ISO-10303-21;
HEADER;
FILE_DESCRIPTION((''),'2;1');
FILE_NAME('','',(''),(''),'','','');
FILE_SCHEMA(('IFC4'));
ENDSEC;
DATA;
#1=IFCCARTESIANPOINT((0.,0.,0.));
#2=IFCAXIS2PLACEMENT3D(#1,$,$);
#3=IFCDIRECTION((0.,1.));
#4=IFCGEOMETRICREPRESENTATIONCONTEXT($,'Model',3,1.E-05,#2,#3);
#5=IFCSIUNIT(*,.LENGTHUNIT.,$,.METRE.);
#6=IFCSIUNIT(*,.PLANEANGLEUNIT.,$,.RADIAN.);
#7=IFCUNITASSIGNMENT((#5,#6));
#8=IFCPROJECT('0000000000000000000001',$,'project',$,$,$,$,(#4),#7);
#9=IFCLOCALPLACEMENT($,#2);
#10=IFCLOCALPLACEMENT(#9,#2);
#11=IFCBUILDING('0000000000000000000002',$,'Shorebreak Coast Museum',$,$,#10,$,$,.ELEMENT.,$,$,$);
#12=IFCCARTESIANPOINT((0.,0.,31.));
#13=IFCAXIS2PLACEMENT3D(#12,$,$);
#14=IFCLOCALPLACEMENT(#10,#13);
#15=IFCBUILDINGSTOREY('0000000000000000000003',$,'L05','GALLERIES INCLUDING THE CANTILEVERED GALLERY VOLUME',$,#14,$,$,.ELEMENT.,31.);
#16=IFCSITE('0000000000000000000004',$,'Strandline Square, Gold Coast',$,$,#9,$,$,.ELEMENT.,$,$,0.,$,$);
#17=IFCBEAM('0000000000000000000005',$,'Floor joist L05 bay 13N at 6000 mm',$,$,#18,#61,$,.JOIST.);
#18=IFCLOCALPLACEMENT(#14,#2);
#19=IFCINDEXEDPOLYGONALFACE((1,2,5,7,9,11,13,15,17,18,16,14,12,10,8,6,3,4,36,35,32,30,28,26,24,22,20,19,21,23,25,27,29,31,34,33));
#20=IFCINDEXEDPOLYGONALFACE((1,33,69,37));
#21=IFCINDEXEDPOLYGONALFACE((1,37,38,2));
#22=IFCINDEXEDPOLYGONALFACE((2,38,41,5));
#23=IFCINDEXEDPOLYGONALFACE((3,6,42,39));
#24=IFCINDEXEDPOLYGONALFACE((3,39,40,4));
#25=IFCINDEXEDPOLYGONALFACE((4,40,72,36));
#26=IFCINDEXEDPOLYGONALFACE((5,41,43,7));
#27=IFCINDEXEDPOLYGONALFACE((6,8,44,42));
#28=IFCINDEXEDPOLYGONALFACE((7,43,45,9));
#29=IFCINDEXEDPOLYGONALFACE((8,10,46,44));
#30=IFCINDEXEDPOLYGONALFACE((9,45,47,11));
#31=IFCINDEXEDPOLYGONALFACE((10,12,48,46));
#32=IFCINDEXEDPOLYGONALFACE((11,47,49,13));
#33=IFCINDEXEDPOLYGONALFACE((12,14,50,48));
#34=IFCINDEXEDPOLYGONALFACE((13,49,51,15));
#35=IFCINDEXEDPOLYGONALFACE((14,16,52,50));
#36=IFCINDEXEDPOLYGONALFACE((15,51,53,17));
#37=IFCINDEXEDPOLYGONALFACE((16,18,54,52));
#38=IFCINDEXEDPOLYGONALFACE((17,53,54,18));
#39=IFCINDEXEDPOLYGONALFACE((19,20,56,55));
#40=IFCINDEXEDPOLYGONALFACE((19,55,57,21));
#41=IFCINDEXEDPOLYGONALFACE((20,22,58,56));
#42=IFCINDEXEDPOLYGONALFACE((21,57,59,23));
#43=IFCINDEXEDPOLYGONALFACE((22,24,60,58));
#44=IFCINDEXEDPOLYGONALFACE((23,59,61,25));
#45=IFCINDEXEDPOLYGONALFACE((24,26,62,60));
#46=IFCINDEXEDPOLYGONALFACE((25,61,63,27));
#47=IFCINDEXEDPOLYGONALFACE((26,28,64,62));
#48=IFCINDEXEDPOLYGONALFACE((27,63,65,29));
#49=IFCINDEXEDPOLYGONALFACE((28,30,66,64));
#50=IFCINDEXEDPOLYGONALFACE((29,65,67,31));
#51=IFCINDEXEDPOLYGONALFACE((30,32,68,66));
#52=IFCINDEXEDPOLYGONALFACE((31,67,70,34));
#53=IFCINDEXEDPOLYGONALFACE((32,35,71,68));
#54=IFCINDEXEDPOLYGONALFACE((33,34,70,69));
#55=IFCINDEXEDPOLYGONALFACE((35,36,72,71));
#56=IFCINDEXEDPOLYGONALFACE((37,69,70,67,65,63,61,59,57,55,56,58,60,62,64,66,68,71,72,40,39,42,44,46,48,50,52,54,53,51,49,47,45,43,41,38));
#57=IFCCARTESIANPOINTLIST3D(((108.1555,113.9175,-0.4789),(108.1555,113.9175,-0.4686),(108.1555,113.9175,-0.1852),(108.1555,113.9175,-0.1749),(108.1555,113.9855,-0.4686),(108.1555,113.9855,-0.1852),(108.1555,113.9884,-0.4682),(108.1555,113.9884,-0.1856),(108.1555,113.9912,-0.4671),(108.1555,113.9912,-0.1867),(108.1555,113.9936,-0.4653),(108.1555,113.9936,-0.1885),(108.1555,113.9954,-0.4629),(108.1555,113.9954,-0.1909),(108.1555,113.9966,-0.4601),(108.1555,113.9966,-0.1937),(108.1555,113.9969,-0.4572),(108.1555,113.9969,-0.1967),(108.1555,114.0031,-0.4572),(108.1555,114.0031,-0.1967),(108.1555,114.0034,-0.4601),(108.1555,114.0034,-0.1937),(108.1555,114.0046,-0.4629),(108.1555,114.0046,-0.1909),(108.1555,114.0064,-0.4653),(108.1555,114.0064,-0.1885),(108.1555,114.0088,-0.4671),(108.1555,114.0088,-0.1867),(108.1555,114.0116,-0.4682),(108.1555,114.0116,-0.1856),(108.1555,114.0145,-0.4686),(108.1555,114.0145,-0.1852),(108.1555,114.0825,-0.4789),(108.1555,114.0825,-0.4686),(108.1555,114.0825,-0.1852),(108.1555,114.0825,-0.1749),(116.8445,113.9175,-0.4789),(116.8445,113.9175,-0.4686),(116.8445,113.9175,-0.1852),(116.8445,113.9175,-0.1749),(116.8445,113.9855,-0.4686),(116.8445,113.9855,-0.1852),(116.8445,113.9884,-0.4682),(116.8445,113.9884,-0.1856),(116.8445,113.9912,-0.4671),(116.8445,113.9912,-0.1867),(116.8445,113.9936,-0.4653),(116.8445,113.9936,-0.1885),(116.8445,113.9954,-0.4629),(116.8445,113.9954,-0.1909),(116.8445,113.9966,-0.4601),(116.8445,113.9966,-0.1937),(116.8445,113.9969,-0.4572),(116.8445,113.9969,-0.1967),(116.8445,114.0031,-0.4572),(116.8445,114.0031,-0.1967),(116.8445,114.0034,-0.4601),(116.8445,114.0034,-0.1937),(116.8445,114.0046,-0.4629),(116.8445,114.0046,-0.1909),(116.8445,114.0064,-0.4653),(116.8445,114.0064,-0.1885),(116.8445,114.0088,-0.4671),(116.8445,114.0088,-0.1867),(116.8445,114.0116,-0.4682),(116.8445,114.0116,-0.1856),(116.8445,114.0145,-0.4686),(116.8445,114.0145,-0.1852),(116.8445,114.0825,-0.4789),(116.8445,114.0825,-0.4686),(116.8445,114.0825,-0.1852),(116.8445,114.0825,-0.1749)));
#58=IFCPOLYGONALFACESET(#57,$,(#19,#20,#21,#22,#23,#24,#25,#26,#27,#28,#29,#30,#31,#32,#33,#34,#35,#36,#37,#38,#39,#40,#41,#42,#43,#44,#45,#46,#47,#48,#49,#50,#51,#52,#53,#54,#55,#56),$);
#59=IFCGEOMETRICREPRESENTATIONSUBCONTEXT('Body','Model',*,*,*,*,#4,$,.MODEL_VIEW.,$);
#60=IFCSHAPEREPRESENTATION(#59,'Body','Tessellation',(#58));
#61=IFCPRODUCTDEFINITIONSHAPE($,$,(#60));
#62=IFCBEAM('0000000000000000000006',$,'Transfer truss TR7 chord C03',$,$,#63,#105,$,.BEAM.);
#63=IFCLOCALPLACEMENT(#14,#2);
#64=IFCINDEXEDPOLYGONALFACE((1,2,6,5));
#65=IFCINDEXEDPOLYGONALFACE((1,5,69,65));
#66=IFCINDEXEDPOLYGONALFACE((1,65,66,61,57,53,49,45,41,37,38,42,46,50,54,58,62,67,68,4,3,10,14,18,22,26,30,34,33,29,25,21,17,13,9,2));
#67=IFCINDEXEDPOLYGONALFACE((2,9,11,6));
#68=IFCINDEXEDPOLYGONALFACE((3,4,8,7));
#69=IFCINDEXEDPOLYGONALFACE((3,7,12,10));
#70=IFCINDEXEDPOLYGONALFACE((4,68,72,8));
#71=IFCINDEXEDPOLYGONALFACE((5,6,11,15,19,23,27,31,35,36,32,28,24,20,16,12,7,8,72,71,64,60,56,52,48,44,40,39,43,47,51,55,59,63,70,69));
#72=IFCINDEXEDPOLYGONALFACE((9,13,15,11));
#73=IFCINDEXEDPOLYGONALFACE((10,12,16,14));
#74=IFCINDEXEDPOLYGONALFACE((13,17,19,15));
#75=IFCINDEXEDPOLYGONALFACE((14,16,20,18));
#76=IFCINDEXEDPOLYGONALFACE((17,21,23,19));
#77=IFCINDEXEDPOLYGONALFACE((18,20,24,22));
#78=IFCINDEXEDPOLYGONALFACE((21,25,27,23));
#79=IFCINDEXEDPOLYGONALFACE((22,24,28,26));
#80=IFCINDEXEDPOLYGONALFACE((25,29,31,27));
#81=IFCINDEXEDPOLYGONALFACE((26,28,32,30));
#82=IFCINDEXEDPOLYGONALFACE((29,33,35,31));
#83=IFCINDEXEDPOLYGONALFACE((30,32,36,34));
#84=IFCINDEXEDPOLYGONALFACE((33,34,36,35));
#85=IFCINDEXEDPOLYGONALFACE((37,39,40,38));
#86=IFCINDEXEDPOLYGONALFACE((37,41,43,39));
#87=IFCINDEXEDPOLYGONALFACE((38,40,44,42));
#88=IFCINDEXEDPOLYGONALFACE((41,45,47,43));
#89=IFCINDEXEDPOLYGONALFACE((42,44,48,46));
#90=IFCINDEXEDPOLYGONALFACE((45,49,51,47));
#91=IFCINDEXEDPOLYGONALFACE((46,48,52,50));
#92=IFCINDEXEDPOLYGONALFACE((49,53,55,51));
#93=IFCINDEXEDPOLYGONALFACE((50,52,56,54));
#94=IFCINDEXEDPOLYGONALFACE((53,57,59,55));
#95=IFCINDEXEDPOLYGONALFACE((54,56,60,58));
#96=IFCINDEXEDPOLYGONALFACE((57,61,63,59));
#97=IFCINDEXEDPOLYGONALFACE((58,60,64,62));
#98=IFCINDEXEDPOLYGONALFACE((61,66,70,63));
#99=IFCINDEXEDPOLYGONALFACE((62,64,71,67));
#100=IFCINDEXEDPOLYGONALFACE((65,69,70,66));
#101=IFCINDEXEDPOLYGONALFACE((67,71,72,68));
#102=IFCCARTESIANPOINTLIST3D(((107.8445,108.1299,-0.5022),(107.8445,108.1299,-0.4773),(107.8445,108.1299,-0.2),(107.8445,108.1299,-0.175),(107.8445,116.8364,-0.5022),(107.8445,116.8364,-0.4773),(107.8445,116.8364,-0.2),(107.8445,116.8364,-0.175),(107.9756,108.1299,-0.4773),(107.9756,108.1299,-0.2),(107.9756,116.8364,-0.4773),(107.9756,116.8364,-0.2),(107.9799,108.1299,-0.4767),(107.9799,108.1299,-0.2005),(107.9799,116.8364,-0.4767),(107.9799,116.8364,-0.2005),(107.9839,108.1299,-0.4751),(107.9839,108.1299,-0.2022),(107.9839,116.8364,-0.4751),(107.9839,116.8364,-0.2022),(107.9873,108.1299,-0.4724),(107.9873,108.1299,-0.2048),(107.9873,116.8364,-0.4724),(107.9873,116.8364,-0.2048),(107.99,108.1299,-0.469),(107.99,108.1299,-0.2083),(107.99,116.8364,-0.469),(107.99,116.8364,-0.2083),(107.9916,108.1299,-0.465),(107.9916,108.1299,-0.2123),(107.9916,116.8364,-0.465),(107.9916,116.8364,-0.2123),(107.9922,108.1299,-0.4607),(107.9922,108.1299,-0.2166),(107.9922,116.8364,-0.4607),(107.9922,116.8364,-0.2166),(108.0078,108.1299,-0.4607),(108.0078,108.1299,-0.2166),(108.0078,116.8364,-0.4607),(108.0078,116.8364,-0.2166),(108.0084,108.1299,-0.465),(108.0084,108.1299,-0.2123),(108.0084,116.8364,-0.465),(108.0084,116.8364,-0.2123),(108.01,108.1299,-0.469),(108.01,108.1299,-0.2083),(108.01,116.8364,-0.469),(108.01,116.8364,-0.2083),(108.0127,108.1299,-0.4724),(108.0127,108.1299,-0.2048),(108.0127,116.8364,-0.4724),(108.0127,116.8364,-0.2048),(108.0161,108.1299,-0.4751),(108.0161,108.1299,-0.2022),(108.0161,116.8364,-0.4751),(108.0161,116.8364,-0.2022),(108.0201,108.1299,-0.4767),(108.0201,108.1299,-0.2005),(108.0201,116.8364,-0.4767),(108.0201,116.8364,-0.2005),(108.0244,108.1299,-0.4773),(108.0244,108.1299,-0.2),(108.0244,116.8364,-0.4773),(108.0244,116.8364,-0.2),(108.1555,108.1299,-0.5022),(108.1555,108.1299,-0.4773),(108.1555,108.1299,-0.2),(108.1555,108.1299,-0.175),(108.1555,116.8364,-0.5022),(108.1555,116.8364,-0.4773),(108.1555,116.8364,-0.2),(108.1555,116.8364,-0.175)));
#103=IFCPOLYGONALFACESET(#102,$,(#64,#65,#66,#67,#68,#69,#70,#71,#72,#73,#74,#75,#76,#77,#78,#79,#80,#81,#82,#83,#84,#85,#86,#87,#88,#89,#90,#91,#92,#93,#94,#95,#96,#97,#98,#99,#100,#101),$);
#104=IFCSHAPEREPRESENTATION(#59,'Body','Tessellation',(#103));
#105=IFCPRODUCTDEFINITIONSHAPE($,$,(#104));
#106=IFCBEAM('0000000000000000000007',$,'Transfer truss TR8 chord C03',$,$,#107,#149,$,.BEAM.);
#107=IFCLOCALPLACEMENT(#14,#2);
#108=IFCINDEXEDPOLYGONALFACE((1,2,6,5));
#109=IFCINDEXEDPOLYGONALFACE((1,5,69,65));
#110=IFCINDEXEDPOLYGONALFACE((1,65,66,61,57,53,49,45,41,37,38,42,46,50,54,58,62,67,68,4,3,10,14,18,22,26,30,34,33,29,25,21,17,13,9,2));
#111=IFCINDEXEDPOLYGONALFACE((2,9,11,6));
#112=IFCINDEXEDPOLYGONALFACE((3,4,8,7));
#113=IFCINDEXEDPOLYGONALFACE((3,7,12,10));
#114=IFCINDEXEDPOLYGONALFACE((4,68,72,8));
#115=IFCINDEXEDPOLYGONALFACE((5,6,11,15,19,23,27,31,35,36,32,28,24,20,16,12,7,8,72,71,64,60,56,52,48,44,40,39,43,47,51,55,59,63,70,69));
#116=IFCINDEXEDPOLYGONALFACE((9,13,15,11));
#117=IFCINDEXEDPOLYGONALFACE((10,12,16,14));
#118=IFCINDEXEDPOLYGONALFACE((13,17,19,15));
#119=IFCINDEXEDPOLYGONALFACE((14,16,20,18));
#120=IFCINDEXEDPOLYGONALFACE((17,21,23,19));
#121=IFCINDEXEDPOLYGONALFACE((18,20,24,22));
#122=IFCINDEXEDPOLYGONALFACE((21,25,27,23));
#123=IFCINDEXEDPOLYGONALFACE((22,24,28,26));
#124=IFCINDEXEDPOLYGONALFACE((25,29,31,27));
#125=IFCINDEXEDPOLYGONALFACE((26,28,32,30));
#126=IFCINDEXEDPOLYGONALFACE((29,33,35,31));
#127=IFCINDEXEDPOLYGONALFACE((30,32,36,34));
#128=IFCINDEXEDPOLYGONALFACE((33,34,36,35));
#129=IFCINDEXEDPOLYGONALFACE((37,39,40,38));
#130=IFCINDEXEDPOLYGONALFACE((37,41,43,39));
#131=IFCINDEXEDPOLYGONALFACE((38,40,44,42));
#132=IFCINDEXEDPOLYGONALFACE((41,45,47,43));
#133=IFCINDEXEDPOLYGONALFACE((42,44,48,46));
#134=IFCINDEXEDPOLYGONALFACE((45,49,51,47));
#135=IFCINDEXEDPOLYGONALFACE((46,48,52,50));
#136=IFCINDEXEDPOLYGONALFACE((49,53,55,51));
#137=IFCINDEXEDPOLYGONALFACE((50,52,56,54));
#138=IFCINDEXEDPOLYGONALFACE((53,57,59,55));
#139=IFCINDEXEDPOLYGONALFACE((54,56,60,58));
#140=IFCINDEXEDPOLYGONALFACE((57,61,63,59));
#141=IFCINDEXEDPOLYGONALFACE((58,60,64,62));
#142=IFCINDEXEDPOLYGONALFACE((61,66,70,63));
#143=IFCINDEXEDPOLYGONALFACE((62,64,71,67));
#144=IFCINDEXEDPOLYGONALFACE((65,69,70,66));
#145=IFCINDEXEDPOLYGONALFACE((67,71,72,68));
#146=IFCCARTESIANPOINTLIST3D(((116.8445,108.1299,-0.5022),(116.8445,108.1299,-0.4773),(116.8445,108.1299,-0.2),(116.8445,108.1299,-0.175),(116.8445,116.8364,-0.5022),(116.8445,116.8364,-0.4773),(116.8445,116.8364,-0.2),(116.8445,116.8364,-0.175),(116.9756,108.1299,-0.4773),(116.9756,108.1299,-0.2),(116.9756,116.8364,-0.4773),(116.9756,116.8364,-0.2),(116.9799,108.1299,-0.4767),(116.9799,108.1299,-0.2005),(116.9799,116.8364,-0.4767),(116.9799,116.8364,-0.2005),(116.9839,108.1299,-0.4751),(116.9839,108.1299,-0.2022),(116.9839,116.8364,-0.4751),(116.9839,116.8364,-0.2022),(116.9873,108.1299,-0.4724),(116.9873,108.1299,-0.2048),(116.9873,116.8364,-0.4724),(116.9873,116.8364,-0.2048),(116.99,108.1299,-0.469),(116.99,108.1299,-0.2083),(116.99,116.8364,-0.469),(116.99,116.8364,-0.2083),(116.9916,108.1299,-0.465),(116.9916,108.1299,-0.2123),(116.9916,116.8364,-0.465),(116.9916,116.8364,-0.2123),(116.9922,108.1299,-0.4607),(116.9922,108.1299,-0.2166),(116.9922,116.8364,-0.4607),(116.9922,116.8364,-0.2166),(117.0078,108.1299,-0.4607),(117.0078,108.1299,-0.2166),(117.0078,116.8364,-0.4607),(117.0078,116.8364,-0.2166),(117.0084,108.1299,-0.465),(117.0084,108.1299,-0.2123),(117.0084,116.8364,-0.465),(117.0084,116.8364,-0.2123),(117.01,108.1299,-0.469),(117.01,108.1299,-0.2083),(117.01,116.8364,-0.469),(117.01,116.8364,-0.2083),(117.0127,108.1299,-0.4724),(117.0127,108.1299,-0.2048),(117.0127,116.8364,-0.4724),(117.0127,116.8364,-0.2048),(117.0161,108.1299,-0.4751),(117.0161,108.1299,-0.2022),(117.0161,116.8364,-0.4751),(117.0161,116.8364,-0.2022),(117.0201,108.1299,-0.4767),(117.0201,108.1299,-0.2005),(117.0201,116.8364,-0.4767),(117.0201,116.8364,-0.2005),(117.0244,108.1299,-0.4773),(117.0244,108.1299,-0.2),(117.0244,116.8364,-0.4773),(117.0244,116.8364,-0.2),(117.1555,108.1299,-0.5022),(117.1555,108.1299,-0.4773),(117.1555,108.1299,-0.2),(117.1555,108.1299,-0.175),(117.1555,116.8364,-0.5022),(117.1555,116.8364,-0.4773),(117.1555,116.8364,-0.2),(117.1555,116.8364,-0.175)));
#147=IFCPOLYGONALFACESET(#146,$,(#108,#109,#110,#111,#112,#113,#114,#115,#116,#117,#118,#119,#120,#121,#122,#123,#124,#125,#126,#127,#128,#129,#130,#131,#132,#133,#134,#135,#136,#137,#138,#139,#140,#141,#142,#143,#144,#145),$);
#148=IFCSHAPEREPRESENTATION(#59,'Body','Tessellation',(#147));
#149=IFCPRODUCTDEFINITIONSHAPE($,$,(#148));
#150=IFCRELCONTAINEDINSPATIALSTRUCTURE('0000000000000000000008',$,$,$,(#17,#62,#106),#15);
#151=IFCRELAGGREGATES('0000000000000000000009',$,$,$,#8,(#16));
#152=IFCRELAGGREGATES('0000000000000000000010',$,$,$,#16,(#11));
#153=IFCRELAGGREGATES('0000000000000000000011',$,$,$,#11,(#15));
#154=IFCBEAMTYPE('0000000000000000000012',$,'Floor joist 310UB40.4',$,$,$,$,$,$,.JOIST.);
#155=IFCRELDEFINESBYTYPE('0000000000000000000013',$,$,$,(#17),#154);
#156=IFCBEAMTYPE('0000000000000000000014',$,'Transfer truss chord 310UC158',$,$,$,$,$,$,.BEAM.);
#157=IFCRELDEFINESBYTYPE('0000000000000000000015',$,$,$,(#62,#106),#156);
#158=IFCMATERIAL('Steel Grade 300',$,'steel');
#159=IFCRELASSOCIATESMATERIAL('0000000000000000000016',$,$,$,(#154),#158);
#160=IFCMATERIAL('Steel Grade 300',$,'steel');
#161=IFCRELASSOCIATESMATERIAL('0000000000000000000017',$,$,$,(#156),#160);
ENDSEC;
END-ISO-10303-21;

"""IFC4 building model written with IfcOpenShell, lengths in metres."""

from ifc_helpers import new_model, si_unit, direction, frame, origin, origin_2d, place, context, subcontext, project, spatial, i_section, extrude, material, material_profile, profile_set, type_object, element, save


model = new_model("IFC4")

# Units and contexts
model_context = context("Model", 3, precision=1e-05, world=origin(), true_north=direction((0.0, 1.0)))
body_context = subcontext(model_context, "Body", "Model", "MODEL_VIEW")
ifc_project = project(units=[si_unit("LENGTHUNIT", "METRE"), si_unit("PLANEANGLEUNIT", "RADIAN")], contexts=[model_context])

# Site, building, storey
site_placement = place(None, origin())
site = spatial("IfcSite", under=ifc_project, at=site_placement, Name="Strandline Square, Gold Coast", CompositionType="ELEMENT", RefElevation=0.0)
building_placement = place(site_placement, origin())
building = spatial("IfcBuilding", under=site, at=building_placement, Name="Shorebreak Coast Museum", CompositionType="ELEMENT")
storey_placement = place(building_placement, frame((0.0, 0.0, 31.0)))
storey = spatial("IfcBuildingStorey", under=building, at=storey_placement, Name="L05", Description="GALLERIES INCLUDING THE CANTILEVERED GALLERY VOLUME", CompositionType="ELEMENT", Elevation=31.0)

# Beams
ifc_material_1 = material(Name="Steel Grade 300", Category="steel")
ifc_material_profile_1 = material_profile(ifc_material_1, i_section(OverallWidth=0.165, OverallDepth=0.304, WebThickness=0.0061, FlangeThickness=0.0103, FilletRadius=0.0115, at=origin_2d()), Name="310UB40.4")
ifc_profile_set_1 = profile_set([ifc_material_profile_1], Name="Steel Grade 300")
beam_type_1 = type_object("IfcBeamType", Name="Floor joist 310UB40.4", PredefinedType="JOIST", material=ifc_profile_set_1)
for number, where, z_axis, x_axis, name in (
    (1, (108.1555, 114.0, -0.3269), (1.0, 0.0, 0.0), (0.0, 1.0, 0.0), "Floor joist L05 bay 13N at 6000 mm"),
):
    element("IfcBeam", number, at=place(storey_placement, frame(where, z_axis=z_axis, x_axis=x_axis)), inside=storey, type_object=beam_type_1, Name=name, PredefinedType="JOIST", context=body_context, shape_type="SweptSolid", body=[
        extrude(i_section(OverallWidth=0.165, OverallDepth=0.304, WebThickness=0.0061, FlangeThickness=0.0103, FilletRadius=0.0115, at=origin_2d()), origin(), (0.0, 0.0, 1.0), 8.689),
    ])
ifc_material_2 = material(Name="Steel Grade 300", Category="steel")
ifc_material_profile_2 = material_profile(ifc_material_2, i_section(OverallWidth=0.311, OverallDepth=0.3271, WebThickness=0.0156, FlangeThickness=0.0249, FilletRadius=0.0166, at=origin_2d()), Name="310UC158")
ifc_profile_set_2 = profile_set([ifc_material_profile_2], Name="Steel Grade 300")
beam_type_2 = type_object("IfcBeamType", Name="Transfer truss chord 310UC158", PredefinedType="BEAM", material=ifc_profile_set_2)
for number, where, z_axis, x_axis, name in (
    (2, (108.0, 108.1299, -0.3386), (0.0, 1.0, 0.0), (-1.0, 0.0, 0.0), "Transfer truss TR7 chord C03"),
    (3, (117.0, 108.1299, -0.3386), (0.0, 1.0, 0.0), (-1.0, 0.0, 0.0), "Transfer truss TR8 chord C03"),
):
    element("IfcBeam", number, at=place(storey_placement, frame(where, z_axis=z_axis, x_axis=x_axis)), inside=storey, type_object=beam_type_2, Name=name, PredefinedType="BEAM", context=body_context, shape_type="SweptSolid", body=[
        extrude(i_section(OverallWidth=0.311, OverallDepth=0.3271, WebThickness=0.0156, FlangeThickness=0.0249, FilletRadius=0.0166, at=origin_2d()), origin(), (0.0, 0.0, 1.0), 8.7065),
    ])

save(model, "model.ifc")
